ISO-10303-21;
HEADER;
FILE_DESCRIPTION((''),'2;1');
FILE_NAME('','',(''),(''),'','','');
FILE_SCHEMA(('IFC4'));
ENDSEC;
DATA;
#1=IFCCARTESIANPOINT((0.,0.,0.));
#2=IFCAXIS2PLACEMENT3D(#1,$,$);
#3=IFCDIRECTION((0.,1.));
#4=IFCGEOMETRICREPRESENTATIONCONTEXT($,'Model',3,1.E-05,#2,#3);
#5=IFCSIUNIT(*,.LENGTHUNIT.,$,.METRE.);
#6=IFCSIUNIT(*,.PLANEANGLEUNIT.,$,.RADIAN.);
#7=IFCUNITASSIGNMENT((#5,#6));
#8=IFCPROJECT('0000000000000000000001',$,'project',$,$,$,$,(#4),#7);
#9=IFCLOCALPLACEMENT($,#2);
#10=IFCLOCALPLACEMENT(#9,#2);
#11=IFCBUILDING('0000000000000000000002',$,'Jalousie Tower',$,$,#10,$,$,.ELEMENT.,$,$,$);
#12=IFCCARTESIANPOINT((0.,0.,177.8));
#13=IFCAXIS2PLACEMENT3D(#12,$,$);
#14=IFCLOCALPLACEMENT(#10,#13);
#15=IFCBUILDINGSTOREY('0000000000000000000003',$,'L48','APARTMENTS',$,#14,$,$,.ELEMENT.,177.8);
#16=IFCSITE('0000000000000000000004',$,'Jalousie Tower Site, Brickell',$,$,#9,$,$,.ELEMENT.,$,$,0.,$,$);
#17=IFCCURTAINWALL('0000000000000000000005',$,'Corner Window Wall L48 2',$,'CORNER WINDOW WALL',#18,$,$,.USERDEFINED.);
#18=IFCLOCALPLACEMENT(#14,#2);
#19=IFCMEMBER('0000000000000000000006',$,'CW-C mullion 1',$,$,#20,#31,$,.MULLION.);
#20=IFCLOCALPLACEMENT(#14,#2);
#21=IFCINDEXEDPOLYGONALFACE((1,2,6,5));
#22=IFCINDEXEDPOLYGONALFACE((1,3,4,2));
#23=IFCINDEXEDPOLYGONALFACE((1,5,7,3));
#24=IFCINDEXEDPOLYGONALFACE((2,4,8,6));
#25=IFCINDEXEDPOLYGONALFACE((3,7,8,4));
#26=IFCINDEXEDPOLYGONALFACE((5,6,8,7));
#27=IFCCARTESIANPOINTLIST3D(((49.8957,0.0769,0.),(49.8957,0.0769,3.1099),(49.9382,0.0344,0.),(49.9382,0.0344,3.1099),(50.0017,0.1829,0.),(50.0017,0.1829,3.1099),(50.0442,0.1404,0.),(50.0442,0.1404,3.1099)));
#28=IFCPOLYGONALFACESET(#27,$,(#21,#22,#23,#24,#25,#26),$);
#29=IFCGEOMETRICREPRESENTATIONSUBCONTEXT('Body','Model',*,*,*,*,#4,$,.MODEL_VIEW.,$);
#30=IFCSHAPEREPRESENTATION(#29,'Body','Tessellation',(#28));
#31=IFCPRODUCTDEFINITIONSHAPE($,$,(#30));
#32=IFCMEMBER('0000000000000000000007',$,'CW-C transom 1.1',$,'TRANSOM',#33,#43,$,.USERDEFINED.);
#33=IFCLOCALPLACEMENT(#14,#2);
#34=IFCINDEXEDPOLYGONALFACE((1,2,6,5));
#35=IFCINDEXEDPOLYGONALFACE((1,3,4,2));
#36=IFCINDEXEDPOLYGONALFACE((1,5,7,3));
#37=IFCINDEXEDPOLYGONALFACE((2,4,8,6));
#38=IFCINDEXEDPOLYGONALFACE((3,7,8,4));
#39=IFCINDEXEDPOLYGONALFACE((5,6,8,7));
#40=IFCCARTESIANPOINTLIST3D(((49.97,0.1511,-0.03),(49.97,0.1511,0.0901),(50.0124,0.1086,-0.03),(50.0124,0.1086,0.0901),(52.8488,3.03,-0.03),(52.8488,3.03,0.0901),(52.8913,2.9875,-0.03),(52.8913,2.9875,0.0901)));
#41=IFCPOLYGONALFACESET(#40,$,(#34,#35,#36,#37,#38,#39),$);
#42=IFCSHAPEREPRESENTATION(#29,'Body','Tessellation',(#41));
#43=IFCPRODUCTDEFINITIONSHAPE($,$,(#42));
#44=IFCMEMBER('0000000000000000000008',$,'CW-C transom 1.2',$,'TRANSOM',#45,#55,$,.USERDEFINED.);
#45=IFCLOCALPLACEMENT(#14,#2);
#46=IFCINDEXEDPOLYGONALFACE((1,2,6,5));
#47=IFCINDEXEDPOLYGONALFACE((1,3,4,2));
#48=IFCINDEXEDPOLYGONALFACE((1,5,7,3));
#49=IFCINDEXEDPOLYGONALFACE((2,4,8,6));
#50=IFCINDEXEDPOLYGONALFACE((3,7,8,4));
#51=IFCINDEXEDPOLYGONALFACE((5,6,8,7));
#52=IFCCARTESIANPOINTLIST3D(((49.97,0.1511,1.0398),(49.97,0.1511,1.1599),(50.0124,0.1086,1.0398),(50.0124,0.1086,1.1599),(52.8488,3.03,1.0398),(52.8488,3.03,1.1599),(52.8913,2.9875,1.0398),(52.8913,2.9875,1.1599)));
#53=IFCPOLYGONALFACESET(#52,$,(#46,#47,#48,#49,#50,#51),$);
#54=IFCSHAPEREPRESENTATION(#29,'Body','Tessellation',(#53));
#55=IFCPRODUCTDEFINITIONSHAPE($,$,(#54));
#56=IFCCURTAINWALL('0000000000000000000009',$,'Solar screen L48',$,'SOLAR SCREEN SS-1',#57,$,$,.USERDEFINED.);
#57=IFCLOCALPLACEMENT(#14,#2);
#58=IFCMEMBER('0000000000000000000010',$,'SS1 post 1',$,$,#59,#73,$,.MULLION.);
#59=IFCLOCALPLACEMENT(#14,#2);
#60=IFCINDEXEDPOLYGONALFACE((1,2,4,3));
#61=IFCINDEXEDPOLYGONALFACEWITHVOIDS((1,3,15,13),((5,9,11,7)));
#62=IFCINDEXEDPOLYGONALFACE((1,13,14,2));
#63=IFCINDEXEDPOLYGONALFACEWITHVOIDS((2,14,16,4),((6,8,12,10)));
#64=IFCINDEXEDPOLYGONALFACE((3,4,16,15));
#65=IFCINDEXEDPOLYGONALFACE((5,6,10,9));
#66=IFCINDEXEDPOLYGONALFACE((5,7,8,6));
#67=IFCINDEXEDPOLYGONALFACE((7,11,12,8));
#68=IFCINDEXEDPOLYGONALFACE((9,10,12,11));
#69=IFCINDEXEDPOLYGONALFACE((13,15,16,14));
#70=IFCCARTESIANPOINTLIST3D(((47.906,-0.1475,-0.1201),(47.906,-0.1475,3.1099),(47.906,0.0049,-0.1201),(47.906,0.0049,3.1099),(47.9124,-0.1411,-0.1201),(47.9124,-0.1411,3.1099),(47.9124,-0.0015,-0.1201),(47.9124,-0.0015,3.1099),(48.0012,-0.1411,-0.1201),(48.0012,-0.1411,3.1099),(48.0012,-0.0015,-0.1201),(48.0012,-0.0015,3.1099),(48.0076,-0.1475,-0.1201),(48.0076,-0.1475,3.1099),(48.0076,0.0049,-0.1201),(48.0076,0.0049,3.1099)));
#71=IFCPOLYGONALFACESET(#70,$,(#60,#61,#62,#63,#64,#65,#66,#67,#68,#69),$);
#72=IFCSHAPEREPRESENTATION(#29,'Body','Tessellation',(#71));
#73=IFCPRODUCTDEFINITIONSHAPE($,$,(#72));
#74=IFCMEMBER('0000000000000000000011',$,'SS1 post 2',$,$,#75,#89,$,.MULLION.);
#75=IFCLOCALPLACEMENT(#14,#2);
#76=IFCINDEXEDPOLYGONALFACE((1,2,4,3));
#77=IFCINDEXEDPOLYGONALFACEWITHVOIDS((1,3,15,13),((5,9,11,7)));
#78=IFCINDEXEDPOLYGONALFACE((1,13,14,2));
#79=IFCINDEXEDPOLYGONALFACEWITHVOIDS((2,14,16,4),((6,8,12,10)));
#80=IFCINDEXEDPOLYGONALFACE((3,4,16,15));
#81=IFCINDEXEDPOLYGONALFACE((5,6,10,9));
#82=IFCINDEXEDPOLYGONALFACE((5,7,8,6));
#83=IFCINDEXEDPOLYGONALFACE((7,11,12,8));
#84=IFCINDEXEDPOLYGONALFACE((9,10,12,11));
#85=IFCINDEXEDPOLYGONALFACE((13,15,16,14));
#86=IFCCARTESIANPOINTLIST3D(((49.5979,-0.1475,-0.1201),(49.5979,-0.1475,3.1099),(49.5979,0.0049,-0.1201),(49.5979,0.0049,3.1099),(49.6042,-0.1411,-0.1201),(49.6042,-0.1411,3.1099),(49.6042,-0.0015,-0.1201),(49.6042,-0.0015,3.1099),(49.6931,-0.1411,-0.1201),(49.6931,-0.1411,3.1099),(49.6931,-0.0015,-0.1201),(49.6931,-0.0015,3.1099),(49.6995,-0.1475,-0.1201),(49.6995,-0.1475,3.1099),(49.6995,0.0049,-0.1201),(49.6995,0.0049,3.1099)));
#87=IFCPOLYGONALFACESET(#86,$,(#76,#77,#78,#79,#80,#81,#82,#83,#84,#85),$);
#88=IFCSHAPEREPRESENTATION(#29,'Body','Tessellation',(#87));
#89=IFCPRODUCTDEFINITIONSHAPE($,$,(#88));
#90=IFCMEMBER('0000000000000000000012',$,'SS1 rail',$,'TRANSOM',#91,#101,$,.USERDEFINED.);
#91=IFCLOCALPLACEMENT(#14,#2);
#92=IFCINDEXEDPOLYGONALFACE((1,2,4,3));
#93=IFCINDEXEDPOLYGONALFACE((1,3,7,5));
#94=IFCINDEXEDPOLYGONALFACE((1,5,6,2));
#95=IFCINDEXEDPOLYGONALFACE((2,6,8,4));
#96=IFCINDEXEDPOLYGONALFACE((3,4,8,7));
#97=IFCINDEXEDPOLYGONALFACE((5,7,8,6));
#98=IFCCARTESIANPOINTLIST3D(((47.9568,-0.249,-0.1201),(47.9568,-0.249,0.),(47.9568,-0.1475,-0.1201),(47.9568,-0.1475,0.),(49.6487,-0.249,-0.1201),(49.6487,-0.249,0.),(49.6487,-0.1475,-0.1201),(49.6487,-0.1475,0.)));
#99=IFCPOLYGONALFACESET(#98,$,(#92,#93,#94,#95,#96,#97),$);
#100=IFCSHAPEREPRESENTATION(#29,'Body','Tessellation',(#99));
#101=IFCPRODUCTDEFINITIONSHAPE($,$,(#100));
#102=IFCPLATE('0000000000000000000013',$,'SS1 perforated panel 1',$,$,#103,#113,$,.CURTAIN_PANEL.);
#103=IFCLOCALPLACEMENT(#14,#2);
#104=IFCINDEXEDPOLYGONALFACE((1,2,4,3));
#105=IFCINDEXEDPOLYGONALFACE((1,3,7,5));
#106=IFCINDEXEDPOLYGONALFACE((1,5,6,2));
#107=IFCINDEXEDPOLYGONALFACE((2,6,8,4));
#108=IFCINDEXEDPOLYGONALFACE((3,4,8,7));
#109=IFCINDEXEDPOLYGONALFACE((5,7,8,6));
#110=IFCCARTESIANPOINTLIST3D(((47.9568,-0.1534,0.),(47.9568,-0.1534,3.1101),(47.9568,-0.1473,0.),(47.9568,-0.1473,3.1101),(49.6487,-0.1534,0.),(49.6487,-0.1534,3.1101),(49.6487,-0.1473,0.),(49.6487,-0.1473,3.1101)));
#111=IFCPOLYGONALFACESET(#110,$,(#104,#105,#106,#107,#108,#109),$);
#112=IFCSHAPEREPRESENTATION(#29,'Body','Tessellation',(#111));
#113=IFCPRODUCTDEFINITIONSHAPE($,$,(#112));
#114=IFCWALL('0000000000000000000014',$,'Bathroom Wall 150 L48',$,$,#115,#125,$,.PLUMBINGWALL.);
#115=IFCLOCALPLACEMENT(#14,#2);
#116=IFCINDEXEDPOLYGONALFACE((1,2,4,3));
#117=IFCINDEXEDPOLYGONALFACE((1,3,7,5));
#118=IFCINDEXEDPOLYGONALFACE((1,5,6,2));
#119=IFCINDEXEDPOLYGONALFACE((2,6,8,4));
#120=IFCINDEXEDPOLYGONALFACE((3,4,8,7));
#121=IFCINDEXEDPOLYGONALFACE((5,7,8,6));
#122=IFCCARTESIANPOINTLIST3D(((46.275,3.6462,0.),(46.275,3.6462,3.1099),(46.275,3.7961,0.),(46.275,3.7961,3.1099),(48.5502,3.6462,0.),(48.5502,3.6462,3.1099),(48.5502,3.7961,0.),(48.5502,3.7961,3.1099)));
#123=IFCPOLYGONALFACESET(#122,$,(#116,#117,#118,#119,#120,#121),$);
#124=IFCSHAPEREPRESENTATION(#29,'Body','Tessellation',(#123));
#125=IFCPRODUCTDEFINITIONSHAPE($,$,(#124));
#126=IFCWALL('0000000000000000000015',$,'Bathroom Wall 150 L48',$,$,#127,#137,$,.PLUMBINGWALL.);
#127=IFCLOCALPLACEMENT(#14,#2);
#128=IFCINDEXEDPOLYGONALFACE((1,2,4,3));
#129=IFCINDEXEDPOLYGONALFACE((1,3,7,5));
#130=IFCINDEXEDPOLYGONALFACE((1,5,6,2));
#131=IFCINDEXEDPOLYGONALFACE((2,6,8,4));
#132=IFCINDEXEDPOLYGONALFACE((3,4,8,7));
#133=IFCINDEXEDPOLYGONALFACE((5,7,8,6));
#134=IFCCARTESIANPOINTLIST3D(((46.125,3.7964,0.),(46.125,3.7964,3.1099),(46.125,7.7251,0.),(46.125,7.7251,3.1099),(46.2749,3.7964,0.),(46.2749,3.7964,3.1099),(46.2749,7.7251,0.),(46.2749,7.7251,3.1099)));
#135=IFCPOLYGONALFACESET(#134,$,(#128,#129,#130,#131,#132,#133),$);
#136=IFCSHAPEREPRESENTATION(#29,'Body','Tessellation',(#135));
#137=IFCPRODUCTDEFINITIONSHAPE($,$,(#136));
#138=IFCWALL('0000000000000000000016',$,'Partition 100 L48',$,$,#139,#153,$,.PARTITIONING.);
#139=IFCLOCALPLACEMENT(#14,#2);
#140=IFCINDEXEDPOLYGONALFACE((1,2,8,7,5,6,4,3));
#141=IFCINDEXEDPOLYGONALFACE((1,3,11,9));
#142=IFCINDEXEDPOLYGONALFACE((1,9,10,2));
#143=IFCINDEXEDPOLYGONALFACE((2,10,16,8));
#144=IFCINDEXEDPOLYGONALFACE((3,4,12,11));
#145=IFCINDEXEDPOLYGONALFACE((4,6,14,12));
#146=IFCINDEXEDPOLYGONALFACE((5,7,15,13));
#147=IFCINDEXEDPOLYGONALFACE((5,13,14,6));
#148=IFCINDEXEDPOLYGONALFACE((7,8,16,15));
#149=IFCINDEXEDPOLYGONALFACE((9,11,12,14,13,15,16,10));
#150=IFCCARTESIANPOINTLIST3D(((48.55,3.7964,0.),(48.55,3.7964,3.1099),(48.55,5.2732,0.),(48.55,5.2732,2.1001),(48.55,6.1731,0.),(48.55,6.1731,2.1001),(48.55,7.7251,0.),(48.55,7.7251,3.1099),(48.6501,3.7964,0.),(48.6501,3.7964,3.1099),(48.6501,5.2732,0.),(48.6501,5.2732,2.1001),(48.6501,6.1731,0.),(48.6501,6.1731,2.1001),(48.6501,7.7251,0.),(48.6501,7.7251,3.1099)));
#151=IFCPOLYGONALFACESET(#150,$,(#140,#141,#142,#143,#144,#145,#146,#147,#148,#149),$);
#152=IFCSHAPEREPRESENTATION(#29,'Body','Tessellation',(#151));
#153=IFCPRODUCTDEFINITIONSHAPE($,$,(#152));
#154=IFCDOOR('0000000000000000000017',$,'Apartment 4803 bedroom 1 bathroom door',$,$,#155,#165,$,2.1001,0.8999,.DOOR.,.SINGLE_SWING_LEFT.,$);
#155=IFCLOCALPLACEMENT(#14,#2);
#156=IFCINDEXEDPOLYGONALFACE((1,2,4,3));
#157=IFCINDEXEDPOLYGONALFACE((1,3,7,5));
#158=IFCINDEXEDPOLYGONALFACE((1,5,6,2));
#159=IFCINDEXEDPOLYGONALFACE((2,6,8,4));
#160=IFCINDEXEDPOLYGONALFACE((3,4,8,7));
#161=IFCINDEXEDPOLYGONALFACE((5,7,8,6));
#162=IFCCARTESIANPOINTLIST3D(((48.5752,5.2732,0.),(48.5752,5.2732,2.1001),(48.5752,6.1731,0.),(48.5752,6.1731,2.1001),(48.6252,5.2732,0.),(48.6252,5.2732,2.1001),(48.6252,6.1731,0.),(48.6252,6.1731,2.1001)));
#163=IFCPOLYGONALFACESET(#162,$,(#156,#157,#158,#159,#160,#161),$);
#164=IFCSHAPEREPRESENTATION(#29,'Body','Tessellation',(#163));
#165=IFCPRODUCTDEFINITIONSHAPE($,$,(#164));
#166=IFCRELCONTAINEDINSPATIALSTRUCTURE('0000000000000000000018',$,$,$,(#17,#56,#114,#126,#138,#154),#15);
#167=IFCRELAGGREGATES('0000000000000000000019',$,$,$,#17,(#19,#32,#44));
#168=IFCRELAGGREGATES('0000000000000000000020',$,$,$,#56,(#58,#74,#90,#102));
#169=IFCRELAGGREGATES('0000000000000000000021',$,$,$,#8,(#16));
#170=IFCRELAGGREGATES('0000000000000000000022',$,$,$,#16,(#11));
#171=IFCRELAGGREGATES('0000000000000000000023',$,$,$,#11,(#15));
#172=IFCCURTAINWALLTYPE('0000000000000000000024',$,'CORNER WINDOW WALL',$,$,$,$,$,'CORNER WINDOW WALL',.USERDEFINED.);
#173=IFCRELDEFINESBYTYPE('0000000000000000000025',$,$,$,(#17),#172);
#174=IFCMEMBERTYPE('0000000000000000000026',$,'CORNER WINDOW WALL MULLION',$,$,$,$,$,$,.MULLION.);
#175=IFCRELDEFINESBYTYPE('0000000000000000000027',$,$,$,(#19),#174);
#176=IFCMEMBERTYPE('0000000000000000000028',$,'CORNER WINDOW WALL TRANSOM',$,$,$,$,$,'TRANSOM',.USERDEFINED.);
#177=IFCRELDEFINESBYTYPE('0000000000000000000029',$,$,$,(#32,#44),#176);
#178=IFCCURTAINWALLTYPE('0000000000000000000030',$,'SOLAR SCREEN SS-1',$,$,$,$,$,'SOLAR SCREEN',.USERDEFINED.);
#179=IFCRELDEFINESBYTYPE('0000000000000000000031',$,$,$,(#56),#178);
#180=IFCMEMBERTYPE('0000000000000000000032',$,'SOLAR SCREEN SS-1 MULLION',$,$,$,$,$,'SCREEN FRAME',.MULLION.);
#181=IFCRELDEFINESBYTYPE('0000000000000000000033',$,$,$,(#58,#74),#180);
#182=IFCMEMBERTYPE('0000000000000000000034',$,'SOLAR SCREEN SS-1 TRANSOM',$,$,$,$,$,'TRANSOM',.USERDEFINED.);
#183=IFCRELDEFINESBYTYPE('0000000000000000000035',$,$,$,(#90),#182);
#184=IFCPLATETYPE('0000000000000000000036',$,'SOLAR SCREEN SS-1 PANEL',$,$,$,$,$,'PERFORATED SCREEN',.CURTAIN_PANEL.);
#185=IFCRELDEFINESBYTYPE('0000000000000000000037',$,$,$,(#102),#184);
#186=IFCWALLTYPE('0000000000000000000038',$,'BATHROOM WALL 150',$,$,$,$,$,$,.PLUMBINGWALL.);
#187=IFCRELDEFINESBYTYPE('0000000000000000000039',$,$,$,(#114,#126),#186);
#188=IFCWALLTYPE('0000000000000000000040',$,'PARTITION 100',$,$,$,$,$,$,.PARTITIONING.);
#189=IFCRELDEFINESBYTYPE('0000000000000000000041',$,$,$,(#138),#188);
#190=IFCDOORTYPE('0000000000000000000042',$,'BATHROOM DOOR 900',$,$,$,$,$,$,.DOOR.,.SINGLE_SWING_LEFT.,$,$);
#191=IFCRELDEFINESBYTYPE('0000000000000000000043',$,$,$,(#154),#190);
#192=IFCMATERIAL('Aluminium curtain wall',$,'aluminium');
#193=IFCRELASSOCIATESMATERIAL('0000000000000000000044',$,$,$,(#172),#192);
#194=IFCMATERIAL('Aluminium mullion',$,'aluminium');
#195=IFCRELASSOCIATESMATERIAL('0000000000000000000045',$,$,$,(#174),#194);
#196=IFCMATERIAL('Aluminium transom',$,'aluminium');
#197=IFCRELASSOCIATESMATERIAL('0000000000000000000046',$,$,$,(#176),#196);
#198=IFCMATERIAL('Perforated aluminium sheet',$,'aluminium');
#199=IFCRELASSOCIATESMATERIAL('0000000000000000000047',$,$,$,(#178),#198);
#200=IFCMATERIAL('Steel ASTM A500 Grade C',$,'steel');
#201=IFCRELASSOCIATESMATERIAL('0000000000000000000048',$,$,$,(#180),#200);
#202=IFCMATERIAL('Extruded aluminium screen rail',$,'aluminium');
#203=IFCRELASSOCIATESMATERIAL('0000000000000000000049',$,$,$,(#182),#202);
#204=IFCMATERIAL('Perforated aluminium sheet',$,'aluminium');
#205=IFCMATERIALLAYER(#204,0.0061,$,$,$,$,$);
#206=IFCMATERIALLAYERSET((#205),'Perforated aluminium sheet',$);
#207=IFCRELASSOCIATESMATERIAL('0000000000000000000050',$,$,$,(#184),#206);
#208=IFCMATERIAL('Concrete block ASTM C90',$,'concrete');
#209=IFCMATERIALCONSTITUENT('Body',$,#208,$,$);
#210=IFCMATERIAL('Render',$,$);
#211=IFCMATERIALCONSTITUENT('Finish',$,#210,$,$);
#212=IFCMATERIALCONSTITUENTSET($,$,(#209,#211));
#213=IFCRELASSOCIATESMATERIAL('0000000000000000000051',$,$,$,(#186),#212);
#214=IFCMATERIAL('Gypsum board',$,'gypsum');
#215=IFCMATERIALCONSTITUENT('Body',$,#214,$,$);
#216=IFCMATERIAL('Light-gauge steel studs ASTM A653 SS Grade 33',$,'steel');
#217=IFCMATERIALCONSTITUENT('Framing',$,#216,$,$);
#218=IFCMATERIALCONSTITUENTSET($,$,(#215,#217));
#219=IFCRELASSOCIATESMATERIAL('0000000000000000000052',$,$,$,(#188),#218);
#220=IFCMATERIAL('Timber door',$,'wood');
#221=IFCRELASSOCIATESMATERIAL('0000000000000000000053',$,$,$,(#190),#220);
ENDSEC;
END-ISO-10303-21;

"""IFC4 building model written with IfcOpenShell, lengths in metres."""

from ifc_helpers import new_model, si_unit, direction, frame, frame_2d, origin, origin_2d, place, context, subcontext, project, spatial, rectangle, hollow_rectangle, extrude, material, layer, layer_set, constituent, constituent_set, material_profile, profile_set, type_object, element, fill, aggregate, save


model = new_model("IFC4")

# Units and contexts
model_context = context("Model", 3, precision=1e-05, world=origin(), true_north=direction((0.0, 1.0)))
body_context = subcontext(model_context, "Body", "Model", "MODEL_VIEW")
ifc_project = project(units=[si_unit("LENGTHUNIT", "METRE"), si_unit("PLANEANGLEUNIT", "RADIAN")], contexts=[model_context])

# Site, building, storey
site_placement = place(None, origin())
site = spatial("IfcSite", under=ifc_project, at=site_placement, Name="Jalousie Tower Site, Brickell", CompositionType="ELEMENT", RefElevation=0.0)
building_placement = place(site_placement, origin())
building = spatial("IfcBuilding", under=site, at=building_placement, Name="Jalousie Tower", CompositionType="ELEMENT")
storey_placement = place(building_placement, frame((0.0, 0.0, 177.8)))
storey = spatial("IfcBuildingStorey", under=building, at=storey_placement, Name="L48", Description="APARTMENTS", CompositionType="ELEMENT", Elevation=177.8)

# Curtain wall, members
ifc_material_1 = material(Name="Aluminium curtain wall", Category="aluminium")
curtain_wall_type_1 = type_object("IfcCurtainWallType", Name="CORNER WINDOW WALL", ElementType="CORNER WINDOW WALL", PredefinedType="USERDEFINED", material=ifc_material_1)
curtain_wall_1_placement = place(storey_placement, origin())
curtain_wall_1 = element("IfcCurtainWall", 1, at=curtain_wall_1_placement, inside=storey, type_object=curtain_wall_type_1, Name="Corner Window Wall L48 2", ObjectType="CORNER WINDOW WALL", PredefinedType="USERDEFINED")
ifc_material_2 = material(Name="Aluminium mullion", Category="aluminium")
ifc_material_profile_1 = material_profile(ifc_material_2, rectangle(XDim=0.0601, YDim=0.1499, at=origin_2d()), Name="MULLION 60x150")
ifc_profile_set_1 = profile_set([ifc_material_profile_1], Name="Aluminium mullion")
member_type_1 = type_object("IfcMemberType", Name="CORNER WINDOW WALL MULLION", PredefinedType="MULLION", material=ifc_profile_set_1)
member_1_placement = place(storey_placement, frame((49.97, 0.1086, 0.0), z_axis=(0.0, 0.0, 1.0), x_axis=(-0.707107, 0.707107, 0.0)))
member_1 = element("IfcMember", 2, at=member_1_placement, type_object=member_type_1, Name="CW-C mullion 1", PredefinedType="MULLION", context=body_context, shape_type="SweptSolid", body=[
    extrude(rectangle(XDim=0.0601, YDim=0.1499, at=origin_2d()), origin(), (0.0, 0.0, 1.0), 3.1099),
])
ifc_material_3 = material(Name="Aluminium transom", Category="aluminium")
ifc_material_profile_2 = material_profile(ifc_material_3, rectangle(XDim=0.0601, YDim=0.1201, at=origin_2d()), Name="TRANSOM 60x120")
ifc_profile_set_2 = profile_set([ifc_material_profile_2], Name="Aluminium transom")
member_type_2 = type_object("IfcMemberType", Name="CORNER WINDOW WALL TRANSOM", ElementType="TRANSOM", PredefinedType="USERDEFINED", material=ifc_profile_set_2)
member_2_placement = place(storey_placement, frame((49.9912, 0.1299, 0.03), z_axis=(0.707107, 0.707107, 0.0), x_axis=(-0.707107, 0.707107, 0.0)))
member_2 = element("IfcMember", 3, at=member_2_placement, type_object=member_type_2, Name="CW-C transom 1.1", ObjectType="TRANSOM", PredefinedType="USERDEFINED", context=body_context, shape_type="SweptSolid", body=[
    extrude(rectangle(XDim=0.0601, YDim=0.1201, at=origin_2d()), origin(), (0.0, 0.0, 1.0), 4.0713),
])
member_3_placement = place(storey_placement, frame((49.9912, 0.1299, 1.0999), z_axis=(0.707107, 0.707107, 0.0), x_axis=(-0.707107, 0.707107, 0.0)))
member_3 = element("IfcMember", 4, at=member_3_placement, type_object=member_type_2, Name="CW-C transom 1.2", ObjectType="TRANSOM", PredefinedType="USERDEFINED", context=body_context, shape_type="SweptSolid", body=[
    extrude(rectangle(XDim=0.0601, YDim=0.1201, at=origin_2d()), origin(), (0.0, 0.0, 1.0), 4.0713),
])
aggregate(curtain_wall_1, [member_1, member_2, member_3])

# Curtain wall, members, plate
ifc_material_4 = material(Name="Perforated aluminium sheet", Category="aluminium")
curtain_wall_type_2 = type_object("IfcCurtainWallType", Name="SOLAR SCREEN SS-1", ElementType="SOLAR SCREEN", PredefinedType="USERDEFINED", material=ifc_material_4)
curtain_wall_2_placement = place(storey_placement, origin())
curtain_wall_2 = element("IfcCurtainWall", 5, at=curtain_wall_2_placement, inside=storey, type_object=curtain_wall_type_2, Name="Solar screen L48", ObjectType="SOLAR SCREEN SS-1", PredefinedType="USERDEFINED")
ifc_material_5 = material(Name="Steel ASTM A500 Grade C", Category="steel")
ifc_material_profile_3 = material_profile(ifc_material_5, hollow_rectangle(XDim=0.1016, YDim=0.1523, WallThickness=0.0063, at=origin_2d()), Name="HSS6X4X1/4")
ifc_profile_set_3 = profile_set([ifc_material_profile_3], Name="Steel ASTM A500 Grade C")
member_type_3 = type_object("IfcMemberType", Name="SOLAR SCREEN SS-1 MULLION", ElementType="SCREEN FRAME", PredefinedType="MULLION", material=ifc_profile_set_3)
member_4_placement = place(storey_placement, frame((47.9568, -0.0713, -0.1201), z_axis=(0.0, 0.0, 1.0), x_axis=(1.0, 0.0, 0.0)))
member_4 = element("IfcMember", 6, at=member_4_placement, type_object=member_type_3, Name="SS1 post 1", PredefinedType="MULLION", context=body_context, shape_type="SweptSolid", body=[
    extrude(hollow_rectangle(XDim=0.1016, YDim=0.1523, WallThickness=0.0063, at=origin_2d()), origin(), (0.0, 0.0, 1.0), 3.23),
])
member_5_placement = place(storey_placement, frame((49.6487, -0.0713, -0.1201), z_axis=(0.0, 0.0, 1.0), x_axis=(1.0, 0.0, 0.0)))
member_5 = element("IfcMember", 7, at=member_5_placement, type_object=member_type_3, Name="SS1 post 2", PredefinedType="MULLION", context=body_context, shape_type="SweptSolid", body=[
    extrude(hollow_rectangle(XDim=0.1016, YDim=0.1523, WallThickness=0.0063, at=origin_2d()), origin(), (0.0, 0.0, 1.0), 3.23),
])
ifc_material_6 = material(Name="Extruded aluminium screen rail", Category="aluminium")
ifc_material_profile_4 = material_profile(ifc_material_6, rectangle(XDim=0.1016, YDim=0.1201, at=origin_2d()), Name="RAIL 102x120")
ifc_profile_set_4 = profile_set([ifc_material_profile_4], Name="Extruded aluminium screen rail")
member_type_4 = type_object("IfcMemberType", Name="SOLAR SCREEN SS-1 TRANSOM", ElementType="TRANSOM", PredefinedType="USERDEFINED", material=ifc_profile_set_4)
member_6_placement = place(storey_placement, frame((47.9568, -0.1982, -0.0601), z_axis=(1.0, 0.0, 0.0), x_axis=(0.0, 1.0, 0.0)))
member_6 = element("IfcMember", 8, at=member_6_placement, type_object=member_type_4, Name="SS1 rail", ObjectType="TRANSOM", PredefinedType="USERDEFINED", context=body_context, shape_type="SweptSolid", body=[
    extrude(rectangle(XDim=0.1016, YDim=0.1201, at=origin_2d()), origin(), (0.0, 0.0, 1.0), 1.6919),
])
ifc_material_7 = material(Name="Perforated aluminium sheet", Category="aluminium")
ifc_layer = layer(ifc_material_7, 0.0061)
ifc_layer_set = layer_set([ifc_layer], Name="Perforated aluminium sheet")
plate_type = type_object("IfcPlateType", Name="SOLAR SCREEN SS-1 PANEL", ElementType="PERFORATED SCREEN", PredefinedType="CURTAIN_PANEL", material=ifc_layer_set)
plate_placement = place(storey_placement, frame((48.8027, -0.1504, 0.0), z_axis=(0.0, 0.0, 1.0), x_axis=(1.0, 0.0, 0.0)))
plate = element("IfcPlate", 9, at=plate_placement, type_object=plate_type, Name="SS1 perforated panel 1", PredefinedType="CURTAIN_PANEL", context=body_context, shape_type="SweptSolid", body=[
    extrude(rectangle(XDim=1.6919, YDim=0.0061, at=origin_2d()), origin(), (0.0, 0.0, 1.0), 3.1101),
])
aggregate(curtain_wall_2, [member_4, member_5, member_6, plate])

# Walls
ifc_material_8 = material(Name="Concrete block ASTM C90", Category="concrete")
ifc_constituent_1 = constituent(ifc_material_8, Name="Body")
ifc_material_9 = material(Name="Render")
ifc_constituent_2 = constituent(ifc_material_9, Name="Finish")
ifc_constituent_set_1 = constituent_set(constituents=[ifc_constituent_1, ifc_constituent_2])
wall_type_1 = type_object("IfcWallType", Name="BATHROOM WALL 150", PredefinedType="PLUMBINGWALL", material=ifc_constituent_set_1)
wall_1_placement = place(storey_placement, frame((46.2749, 3.7212, 0.0), z_axis=(0.0, 0.0, 1.0), x_axis=(1.0, 0.0, 0.0)))
element("IfcWall", 10, at=wall_1_placement, inside=storey, type_object=wall_type_1, Name="Bathroom Wall 150 L48", PredefinedType="PLUMBINGWALL", context=body_context, shape_type="SweptSolid", body=[
    extrude(rectangle(XDim=2.2751, YDim=0.1499, at=frame_2d((1.1377, 0.0))), origin(), (0.0, 0.0, 1.0), 3.1099),
])
wall_2_placement = place(storey_placement, frame((46.2, 3.7964, 0.0), z_axis=(0.0, 0.0, 1.0), x_axis=(0.0, 1.0, 0.0)))
element("IfcWall", 11, at=wall_2_placement, inside=storey, type_object=wall_type_1, Name="Bathroom Wall 150 L48", PredefinedType="PLUMBINGWALL", context=body_context, shape_type="SweptSolid", body=[
    extrude(rectangle(XDim=3.9287, YDim=0.1499, at=frame_2d((1.9644, 0.0))), origin(), (0.0, 0.0, 1.0), 3.1099),
])

# Wall, opening, door
ifc_material_10 = material(Name="Gypsum board", Category="gypsum")
ifc_constituent_3 = constituent(ifc_material_10, Name="Body")
ifc_material_11 = material(Name="Light-gauge steel studs ASTM A653 SS Grade 33", Category="steel")
ifc_constituent_4 = constituent(ifc_material_11, Name="Framing")
ifc_constituent_set_2 = constituent_set(constituents=[ifc_constituent_3, ifc_constituent_4])
wall_type_2 = type_object("IfcWallType", Name="PARTITION 100", PredefinedType="PARTITIONING", material=ifc_constituent_set_2)
wall_3_placement = place(storey_placement, frame((48.6001, 3.7964, 0.0), z_axis=(0.0, 0.0, 1.0), x_axis=(0.0, 1.0, 0.0)))
wall_3 = element("IfcWall", 12, at=wall_3_placement, inside=storey, type_object=wall_type_2, Name="Partition 100 L48", PredefinedType="PARTITIONING", context=body_context, shape_type="SweptSolid", body=[
    extrude(rectangle(XDim=3.9287, YDim=0.1001, at=frame_2d((1.9644, 0.0))), origin(), (0.0, 0.0, 1.0), 3.1099),
])
opening_1_placement = place(wall_3_placement, frame((1.4768, 0.0, 0.0)))
opening_1 = element("IfcOpeningElement", 13, at=opening_1_placement, cuts=wall_3, PredefinedType="OPENING", context=body_context, shape_type="SweptSolid", body=[
    extrude(rectangle(XDim=0.8999, YDim=2.1001, at=frame_2d((0.45, 1.05))), frame((0.0, 0.0601, 0.0), z_axis=(0.0, -1.0, 0.0), x_axis=(1.0, 0.0, 0.0)), (0.0, 0.0, 1.0), 0.1201),
])
ifc_material_12 = material(Name="Timber door", Category="wood")
door_type_1 = type_object("IfcDoorType", Name="BATHROOM DOOR 900", OperationType="SINGLE_SWING_LEFT", PredefinedType="DOOR", material=ifc_material_12)
door_1_placement = place(opening_1_placement, origin())
door_1 = element("IfcDoor", 14, at=door_1_placement, inside=storey, type_object=door_type_1, Name="Apartment 4803 bedroom 1 bathroom door", OperationType="SINGLE_SWING_LEFT", OverallHeight=2.1001, OverallWidth=0.8999, PredefinedType="DOOR", context=body_context, shape_type="SweptSolid", body=[
    extrude(rectangle(XDim=0.8999, YDim=2.1001, at=frame_2d((0.45, 1.05))), frame((0.0, 0.0249, 0.0), z_axis=(0.0, -1.0, 0.0), x_axis=(1.0, 0.0, 0.0)), (0.0, 0.0, 1.0), 0.05),
])
fill(opening_1, door_1)

save(model, "model.ifc")
